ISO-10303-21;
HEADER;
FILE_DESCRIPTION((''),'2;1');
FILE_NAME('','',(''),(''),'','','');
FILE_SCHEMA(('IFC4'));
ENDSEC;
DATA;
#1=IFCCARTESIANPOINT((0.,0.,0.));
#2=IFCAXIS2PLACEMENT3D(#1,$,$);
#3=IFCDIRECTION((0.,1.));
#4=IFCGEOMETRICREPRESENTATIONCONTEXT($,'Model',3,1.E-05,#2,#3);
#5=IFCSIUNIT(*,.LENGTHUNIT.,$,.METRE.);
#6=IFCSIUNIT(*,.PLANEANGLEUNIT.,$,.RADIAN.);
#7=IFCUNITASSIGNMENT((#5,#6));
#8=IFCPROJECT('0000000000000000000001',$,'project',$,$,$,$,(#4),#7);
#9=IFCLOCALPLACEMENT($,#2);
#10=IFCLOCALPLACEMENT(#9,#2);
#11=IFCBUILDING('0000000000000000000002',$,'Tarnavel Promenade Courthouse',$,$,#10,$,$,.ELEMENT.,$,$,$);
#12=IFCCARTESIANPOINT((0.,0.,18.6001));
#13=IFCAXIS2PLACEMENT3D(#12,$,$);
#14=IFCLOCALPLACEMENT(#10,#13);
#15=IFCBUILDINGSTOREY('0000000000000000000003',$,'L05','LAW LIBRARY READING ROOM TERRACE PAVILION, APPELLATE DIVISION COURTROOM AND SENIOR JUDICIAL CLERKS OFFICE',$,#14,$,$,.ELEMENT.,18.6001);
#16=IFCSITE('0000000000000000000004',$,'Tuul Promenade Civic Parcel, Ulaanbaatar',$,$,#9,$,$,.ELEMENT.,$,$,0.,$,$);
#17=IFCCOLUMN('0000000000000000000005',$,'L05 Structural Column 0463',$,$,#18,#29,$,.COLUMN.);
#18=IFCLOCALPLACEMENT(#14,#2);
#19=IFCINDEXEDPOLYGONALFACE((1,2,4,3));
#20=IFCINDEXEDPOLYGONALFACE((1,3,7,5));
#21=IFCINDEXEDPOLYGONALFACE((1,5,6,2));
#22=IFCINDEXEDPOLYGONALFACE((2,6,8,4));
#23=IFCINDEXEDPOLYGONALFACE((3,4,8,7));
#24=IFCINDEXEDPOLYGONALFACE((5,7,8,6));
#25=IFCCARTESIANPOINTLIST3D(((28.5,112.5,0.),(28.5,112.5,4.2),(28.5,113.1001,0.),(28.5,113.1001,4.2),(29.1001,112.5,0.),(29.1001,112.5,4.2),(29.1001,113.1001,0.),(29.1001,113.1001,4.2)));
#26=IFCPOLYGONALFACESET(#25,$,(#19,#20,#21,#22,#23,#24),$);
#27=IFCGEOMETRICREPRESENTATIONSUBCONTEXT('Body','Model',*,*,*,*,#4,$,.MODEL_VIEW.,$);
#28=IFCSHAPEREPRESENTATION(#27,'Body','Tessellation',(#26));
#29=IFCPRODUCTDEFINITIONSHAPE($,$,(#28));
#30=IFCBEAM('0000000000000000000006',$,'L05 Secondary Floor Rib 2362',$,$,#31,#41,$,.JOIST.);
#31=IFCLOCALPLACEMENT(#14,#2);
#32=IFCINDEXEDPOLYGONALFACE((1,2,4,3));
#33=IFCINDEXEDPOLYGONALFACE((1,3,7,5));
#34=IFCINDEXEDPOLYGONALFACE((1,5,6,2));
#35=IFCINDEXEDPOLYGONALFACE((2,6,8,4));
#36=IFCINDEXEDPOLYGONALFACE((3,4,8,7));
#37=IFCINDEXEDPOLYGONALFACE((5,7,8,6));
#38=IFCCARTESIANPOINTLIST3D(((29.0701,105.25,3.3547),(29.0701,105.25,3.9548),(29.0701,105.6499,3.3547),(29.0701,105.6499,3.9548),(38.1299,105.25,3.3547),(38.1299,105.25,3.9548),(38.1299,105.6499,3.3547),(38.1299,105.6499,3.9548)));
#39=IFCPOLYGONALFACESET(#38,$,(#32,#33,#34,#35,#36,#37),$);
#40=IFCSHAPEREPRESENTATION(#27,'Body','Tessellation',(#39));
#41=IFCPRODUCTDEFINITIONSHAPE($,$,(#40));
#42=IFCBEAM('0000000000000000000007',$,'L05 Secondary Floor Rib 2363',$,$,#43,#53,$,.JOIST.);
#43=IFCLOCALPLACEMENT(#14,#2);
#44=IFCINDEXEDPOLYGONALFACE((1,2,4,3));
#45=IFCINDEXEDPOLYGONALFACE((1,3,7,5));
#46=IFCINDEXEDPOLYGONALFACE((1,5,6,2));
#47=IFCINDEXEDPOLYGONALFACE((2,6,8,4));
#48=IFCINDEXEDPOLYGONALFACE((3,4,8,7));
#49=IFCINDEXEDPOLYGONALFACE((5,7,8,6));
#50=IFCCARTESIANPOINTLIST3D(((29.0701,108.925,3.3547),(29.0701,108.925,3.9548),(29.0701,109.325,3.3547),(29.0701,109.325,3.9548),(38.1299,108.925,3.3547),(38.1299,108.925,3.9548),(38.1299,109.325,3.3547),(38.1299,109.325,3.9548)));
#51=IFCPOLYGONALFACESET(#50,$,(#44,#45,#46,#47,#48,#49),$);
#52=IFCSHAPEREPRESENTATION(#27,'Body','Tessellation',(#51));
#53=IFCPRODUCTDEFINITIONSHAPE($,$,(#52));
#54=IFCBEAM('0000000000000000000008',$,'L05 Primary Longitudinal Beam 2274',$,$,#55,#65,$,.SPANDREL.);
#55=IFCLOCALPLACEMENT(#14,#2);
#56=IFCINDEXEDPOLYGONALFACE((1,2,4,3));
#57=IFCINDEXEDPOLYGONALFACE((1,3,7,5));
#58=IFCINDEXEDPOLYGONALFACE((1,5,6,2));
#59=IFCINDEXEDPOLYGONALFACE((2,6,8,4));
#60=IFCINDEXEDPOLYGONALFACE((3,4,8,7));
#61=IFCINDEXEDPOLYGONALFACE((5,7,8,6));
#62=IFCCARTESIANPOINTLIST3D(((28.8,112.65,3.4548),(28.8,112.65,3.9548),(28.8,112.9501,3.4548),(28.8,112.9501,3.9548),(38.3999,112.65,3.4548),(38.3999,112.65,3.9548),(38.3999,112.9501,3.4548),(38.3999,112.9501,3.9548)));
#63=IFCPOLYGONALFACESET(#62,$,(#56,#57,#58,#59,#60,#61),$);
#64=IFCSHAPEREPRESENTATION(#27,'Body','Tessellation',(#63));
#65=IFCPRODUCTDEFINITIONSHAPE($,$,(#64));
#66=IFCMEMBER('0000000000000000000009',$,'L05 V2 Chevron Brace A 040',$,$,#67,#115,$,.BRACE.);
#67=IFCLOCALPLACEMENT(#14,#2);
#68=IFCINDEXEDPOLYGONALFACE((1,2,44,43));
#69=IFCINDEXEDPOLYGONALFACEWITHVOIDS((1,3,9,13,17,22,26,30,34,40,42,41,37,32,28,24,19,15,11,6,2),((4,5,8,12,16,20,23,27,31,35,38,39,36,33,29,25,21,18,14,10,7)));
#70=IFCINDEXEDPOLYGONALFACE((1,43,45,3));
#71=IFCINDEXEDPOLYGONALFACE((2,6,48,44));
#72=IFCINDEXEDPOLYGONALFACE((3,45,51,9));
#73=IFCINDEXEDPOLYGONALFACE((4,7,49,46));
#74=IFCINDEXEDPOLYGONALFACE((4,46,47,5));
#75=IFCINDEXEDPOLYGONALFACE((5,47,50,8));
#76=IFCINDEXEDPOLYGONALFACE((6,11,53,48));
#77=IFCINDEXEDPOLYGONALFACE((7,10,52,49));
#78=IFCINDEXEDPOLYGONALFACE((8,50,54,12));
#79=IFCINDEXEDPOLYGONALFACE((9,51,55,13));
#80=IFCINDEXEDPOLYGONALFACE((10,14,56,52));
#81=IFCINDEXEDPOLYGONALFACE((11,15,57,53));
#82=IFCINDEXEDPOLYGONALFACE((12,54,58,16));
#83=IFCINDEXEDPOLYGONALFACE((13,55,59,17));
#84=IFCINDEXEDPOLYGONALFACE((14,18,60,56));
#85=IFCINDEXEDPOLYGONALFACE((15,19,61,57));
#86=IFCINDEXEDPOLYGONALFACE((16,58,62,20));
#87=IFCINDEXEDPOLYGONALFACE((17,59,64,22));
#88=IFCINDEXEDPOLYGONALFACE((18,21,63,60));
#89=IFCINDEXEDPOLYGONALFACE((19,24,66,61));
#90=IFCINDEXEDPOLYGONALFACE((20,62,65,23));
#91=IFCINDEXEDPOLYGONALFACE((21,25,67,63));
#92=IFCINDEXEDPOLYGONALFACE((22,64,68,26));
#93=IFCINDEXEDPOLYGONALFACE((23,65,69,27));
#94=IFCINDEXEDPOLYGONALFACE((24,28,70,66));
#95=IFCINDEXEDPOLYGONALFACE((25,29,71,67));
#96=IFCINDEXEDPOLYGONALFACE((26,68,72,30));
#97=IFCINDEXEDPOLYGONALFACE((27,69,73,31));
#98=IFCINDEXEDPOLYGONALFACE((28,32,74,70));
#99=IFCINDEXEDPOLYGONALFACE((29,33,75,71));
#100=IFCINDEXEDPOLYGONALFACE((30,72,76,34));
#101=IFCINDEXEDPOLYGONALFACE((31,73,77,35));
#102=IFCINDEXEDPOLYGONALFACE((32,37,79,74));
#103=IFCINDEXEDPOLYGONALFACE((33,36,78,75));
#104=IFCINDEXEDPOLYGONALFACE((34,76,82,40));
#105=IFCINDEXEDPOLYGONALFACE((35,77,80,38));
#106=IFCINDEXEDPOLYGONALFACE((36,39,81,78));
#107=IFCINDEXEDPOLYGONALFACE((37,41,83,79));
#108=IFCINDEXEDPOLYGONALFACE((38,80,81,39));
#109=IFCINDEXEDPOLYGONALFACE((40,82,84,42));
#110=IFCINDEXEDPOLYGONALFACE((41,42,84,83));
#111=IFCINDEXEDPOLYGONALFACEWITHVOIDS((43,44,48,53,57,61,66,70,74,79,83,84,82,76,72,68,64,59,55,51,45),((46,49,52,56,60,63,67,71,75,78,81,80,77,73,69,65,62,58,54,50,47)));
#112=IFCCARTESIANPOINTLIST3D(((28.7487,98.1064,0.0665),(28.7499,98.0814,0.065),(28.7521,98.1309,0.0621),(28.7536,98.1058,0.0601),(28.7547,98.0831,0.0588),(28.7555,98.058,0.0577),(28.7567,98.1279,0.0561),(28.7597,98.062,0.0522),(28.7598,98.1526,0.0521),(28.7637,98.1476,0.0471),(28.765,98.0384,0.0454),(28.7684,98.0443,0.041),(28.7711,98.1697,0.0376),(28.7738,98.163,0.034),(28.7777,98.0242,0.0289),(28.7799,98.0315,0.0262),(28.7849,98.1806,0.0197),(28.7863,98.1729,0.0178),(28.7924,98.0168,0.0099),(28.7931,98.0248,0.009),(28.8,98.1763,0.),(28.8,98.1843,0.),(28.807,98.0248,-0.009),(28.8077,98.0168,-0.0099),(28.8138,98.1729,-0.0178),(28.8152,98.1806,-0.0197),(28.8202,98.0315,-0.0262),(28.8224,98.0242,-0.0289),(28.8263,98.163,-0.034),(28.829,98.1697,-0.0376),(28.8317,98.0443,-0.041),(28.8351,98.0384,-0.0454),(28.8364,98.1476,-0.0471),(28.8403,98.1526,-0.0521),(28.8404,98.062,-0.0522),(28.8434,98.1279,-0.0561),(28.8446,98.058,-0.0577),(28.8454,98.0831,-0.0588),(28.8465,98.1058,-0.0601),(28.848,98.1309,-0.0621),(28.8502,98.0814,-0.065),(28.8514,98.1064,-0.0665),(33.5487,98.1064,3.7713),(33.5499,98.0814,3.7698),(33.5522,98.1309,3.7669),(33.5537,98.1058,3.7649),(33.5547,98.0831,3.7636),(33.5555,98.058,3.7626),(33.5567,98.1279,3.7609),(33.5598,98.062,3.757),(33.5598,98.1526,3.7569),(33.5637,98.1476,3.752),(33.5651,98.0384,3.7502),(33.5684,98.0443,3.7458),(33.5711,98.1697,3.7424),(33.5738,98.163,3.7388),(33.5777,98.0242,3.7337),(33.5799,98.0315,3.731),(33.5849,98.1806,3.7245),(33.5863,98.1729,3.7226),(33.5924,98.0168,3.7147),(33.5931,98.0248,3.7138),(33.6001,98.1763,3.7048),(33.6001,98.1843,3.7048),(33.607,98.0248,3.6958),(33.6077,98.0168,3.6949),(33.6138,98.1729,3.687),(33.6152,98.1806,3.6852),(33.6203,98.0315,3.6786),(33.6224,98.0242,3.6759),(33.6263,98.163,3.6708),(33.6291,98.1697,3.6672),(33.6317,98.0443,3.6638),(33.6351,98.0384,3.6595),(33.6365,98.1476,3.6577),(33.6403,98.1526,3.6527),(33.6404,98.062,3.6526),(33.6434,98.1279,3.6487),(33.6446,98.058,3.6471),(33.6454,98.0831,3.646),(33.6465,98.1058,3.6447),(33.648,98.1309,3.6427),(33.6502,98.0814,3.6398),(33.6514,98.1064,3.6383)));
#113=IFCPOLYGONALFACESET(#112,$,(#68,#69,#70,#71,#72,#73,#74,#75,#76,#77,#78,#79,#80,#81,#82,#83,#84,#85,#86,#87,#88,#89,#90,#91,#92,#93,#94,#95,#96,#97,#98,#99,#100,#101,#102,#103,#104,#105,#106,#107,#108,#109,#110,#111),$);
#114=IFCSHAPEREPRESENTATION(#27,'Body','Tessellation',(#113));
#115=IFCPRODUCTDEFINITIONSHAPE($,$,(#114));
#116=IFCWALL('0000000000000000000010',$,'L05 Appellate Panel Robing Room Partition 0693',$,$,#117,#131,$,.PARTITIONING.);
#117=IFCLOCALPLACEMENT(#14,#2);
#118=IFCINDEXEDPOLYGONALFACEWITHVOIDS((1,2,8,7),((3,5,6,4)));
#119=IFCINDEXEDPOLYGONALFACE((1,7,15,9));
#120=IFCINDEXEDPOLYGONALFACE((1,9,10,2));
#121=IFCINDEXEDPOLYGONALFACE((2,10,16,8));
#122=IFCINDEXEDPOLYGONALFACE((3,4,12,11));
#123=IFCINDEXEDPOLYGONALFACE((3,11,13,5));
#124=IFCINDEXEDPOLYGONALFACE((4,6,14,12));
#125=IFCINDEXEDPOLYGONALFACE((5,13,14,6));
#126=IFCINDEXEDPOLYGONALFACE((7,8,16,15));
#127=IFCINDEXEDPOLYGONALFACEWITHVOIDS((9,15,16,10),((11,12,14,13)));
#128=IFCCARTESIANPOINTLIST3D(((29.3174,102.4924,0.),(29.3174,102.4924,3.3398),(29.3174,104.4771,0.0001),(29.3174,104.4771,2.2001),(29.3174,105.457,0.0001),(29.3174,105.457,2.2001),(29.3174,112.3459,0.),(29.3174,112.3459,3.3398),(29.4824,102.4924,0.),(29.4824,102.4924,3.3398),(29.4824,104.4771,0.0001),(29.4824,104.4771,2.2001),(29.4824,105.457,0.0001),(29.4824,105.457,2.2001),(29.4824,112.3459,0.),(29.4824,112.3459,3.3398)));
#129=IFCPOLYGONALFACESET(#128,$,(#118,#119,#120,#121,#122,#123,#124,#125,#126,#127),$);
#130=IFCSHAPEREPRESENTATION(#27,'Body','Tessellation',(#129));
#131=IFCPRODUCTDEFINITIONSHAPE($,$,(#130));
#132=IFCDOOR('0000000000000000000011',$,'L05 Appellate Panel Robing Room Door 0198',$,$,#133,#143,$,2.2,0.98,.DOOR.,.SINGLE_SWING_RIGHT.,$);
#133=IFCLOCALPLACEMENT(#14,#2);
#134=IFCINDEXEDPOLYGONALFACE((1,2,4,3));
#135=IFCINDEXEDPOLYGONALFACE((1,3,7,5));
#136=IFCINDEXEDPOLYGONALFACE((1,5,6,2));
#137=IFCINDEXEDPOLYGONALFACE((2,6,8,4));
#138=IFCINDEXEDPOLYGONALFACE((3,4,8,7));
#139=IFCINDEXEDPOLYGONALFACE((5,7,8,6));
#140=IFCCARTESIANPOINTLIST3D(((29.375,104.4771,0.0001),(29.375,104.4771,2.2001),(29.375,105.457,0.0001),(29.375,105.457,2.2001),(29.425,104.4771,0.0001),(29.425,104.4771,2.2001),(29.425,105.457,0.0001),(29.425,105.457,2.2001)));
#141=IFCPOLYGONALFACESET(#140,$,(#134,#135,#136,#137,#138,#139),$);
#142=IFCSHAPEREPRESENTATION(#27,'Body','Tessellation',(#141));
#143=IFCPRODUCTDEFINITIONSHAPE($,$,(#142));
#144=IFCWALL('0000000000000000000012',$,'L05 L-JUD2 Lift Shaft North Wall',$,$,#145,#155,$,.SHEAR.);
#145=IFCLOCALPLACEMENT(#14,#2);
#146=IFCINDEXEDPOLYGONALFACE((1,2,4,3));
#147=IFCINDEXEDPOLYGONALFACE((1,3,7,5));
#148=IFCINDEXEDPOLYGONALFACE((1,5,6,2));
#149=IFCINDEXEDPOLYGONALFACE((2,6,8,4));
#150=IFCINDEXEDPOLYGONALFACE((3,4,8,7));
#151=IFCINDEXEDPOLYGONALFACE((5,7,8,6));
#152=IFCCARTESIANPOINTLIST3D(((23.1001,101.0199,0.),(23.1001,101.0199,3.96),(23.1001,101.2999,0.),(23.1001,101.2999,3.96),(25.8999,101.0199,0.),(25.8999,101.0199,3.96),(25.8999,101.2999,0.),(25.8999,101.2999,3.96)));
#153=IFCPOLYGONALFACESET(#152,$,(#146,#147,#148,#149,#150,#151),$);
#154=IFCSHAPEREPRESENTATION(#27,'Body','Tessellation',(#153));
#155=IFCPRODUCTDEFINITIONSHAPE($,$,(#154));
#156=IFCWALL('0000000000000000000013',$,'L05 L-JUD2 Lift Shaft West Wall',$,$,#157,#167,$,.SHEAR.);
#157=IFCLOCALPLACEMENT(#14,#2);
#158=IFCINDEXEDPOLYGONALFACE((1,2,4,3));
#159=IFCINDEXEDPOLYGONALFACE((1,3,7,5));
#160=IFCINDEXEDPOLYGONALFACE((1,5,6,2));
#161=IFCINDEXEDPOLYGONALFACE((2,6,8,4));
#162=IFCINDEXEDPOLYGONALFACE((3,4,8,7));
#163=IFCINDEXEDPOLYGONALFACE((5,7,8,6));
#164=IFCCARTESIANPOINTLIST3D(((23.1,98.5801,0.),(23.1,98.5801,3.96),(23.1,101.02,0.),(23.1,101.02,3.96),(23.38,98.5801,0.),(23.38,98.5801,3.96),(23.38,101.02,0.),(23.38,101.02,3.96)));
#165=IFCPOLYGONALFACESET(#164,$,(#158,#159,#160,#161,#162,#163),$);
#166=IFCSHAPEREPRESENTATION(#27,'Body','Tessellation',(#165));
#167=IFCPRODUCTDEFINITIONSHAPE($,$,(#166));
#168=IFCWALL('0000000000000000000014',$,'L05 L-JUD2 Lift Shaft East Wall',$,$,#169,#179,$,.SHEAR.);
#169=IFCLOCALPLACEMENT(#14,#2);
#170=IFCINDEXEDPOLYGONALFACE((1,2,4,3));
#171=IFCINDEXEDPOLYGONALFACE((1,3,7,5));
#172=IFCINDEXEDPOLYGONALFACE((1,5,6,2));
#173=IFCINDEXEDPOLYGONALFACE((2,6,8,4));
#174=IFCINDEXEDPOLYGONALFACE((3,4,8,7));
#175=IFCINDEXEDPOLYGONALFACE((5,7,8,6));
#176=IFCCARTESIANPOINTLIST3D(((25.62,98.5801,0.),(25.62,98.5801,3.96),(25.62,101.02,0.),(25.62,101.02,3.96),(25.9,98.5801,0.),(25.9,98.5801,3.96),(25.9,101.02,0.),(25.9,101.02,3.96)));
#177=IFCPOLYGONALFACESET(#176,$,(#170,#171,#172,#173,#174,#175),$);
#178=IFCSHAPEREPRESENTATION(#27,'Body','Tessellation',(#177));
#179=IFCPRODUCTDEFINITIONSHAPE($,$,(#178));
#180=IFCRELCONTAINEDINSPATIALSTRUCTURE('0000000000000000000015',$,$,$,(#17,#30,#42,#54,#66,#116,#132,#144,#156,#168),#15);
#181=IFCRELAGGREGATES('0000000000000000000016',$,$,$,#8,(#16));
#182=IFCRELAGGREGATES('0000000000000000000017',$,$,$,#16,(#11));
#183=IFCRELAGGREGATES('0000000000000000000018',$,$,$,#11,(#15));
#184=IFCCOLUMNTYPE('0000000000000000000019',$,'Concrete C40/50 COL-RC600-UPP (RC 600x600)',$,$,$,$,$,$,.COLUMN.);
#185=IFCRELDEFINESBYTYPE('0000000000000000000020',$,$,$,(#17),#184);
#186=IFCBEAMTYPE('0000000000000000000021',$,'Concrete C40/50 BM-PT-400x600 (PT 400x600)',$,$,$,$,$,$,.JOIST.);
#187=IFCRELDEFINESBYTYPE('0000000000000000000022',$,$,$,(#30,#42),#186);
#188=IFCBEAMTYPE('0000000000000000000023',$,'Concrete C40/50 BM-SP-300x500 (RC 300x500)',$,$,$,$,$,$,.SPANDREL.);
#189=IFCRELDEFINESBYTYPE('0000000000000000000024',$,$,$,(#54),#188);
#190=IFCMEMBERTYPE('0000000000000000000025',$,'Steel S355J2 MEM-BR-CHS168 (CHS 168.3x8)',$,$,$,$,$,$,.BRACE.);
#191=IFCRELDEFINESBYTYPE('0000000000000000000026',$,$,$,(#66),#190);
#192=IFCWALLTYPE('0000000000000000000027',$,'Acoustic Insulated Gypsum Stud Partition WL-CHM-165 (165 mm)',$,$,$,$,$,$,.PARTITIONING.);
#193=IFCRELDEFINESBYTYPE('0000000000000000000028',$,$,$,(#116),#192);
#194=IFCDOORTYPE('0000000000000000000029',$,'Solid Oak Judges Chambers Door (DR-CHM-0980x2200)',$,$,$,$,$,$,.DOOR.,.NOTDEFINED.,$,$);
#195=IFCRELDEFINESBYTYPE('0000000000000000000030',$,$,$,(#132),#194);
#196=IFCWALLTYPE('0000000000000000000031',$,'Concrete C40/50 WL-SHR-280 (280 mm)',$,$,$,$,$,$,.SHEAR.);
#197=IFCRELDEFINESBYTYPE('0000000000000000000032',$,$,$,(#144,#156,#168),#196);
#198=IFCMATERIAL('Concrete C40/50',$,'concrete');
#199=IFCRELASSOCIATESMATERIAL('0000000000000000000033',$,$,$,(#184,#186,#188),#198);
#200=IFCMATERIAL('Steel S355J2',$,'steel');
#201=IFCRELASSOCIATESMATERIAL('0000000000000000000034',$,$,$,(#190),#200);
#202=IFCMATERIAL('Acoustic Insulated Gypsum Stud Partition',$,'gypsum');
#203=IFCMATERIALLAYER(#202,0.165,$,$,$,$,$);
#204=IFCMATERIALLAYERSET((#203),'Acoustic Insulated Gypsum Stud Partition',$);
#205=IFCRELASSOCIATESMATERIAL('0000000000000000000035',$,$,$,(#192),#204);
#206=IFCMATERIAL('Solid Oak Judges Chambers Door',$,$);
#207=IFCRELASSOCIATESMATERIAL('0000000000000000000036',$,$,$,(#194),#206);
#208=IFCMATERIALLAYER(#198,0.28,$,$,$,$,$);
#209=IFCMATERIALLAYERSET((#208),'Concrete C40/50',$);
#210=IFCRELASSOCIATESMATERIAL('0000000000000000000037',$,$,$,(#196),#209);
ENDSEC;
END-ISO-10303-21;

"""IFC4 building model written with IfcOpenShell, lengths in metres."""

from ifc_helpers import new_model, si_unit, direction, frame, frame_2d, origin, origin_2d, place, context, subcontext, project, spatial, rectangle, hollow_circle, extrude, material, layer, layer_set, material_profile, profile_set, type_object, element, fill, save


model = new_model("IFC4")

# Units and contexts
model_context = context("Model", 3, precision=1e-05, world=origin(), true_north=direction((0.0, 1.0)))
body_context = subcontext(model_context, "Body", "Model", "MODEL_VIEW")
ifc_project = project(units=[si_unit("LENGTHUNIT", "METRE"), si_unit("PLANEANGLEUNIT", "RADIAN")], contexts=[model_context])

# Site, building, storey
site_placement = place(None, origin())
site = spatial("IfcSite", under=ifc_project, at=site_placement, Name="Tuul Promenade Civic Parcel, Ulaanbaatar", CompositionType="ELEMENT", RefElevation=0.0)
building_placement = place(site_placement, origin())
building = spatial("IfcBuilding", under=site, at=building_placement, Name="Tarnavel Promenade Courthouse", CompositionType="ELEMENT")
storey_placement = place(building_placement, frame((0.0, 0.0, 18.6001)))
storey = spatial("IfcBuildingStorey", under=building, at=storey_placement, Name="L05", Description="LAW LIBRARY READING ROOM TERRACE PAVILION, APPELLATE DIVISION COURTROOM AND SENIOR JUDICIAL CLERKS OFFICE", CompositionType="ELEMENT", Elevation=18.6001)

# Column
ifc_material_1 = material(Name="Concrete C40/50", Category="concrete")
ifc_material_profile_1 = material_profile(ifc_material_1, rectangle(XDim=0.6001, YDim=0.6001, at=origin_2d()), Name="RC 600x600")
ifc_profile_set_1 = profile_set([ifc_material_profile_1], Name="Concrete C40/50")
column_type = type_object("IfcColumnType", Name="Concrete C40/50 COL-RC600-UPP (RC 600x600)", PredefinedType="COLUMN", material=ifc_profile_set_1)
column_placement = place(storey_placement, frame((28.8, 112.8, 0.0), z_axis=(0.0, 0.0, 1.0), x_axis=(1.0, 0.0, 0.0)))
element("IfcColumn", 1, at=column_placement, inside=storey, type_object=column_type, Name="L05 Structural Column 0463", PredefinedType="COLUMN", context=body_context, shape_type="SweptSolid", body=[
    extrude(rectangle(XDim=0.6001, YDim=0.6001, at=origin_2d()), origin(), (0.0, 0.0, 1.0), 4.2),
])

# Beams
ifc_material_profile_2 = material_profile(ifc_material_1, rectangle(XDim=0.3999, YDim=0.6001, at=origin_2d()), Name="PT 400x600")
ifc_profile_set_2 = profile_set([ifc_material_profile_2], Name="Concrete C40/50")
beam_type_1 = type_object("IfcBeamType", Name="Concrete C40/50 BM-PT-400x600 (PT 400x600)", PredefinedType="JOIST", material=ifc_profile_set_2)
for number, where, z_axis, x_axis, name in (
    (2, (29.0701, 105.45, 3.6548), (1.0, 0.0, 0.0), (0.0, 1.0, 0.0), "L05 Secondary Floor Rib 2362"),
    (3, (29.0701, 109.125, 3.6548), (1.0, 0.0, 0.0), (0.0, 1.0, 0.0), "L05 Secondary Floor Rib 2363"),
):
    element("IfcBeam", number, at=place(storey_placement, frame(where, z_axis=z_axis, x_axis=x_axis)), inside=storey, type_object=beam_type_1, Name=name, PredefinedType="JOIST", context=body_context, shape_type="SweptSolid", body=[
        extrude(rectangle(XDim=0.3999, YDim=0.6001, at=origin_2d()), origin(), (0.0, 0.0, 1.0), 9.0598),
    ])
ifc_material_profile_3 = material_profile(ifc_material_1, rectangle(XDim=0.3, YDim=0.5, at=origin_2d()), Name="RC 300x500")
ifc_profile_set_3 = profile_set([ifc_material_profile_3], Name="Concrete C40/50")
beam_type_2 = type_object("IfcBeamType", Name="Concrete C40/50 BM-SP-300x500 (RC 300x500)", PredefinedType="SPANDREL", material=ifc_profile_set_3)
beam_placement = place(storey_placement, frame((28.8, 112.8, 3.7048), z_axis=(1.0, 0.0, 0.0), x_axis=(0.0, 1.0, 0.0)))
element("IfcBeam", 4, at=beam_placement, inside=storey, type_object=beam_type_2, Name="L05 Primary Longitudinal Beam 2274", PredefinedType="SPANDREL", context=body_context, shape_type="SweptSolid", body=[
    extrude(rectangle(XDim=0.3, YDim=0.5, at=origin_2d()), origin(), (0.0, 0.0, 1.0), 9.5999),
])

# Member
ifc_material_2 = material(Name="Steel S355J2", Category="steel")
ifc_material_profile_4 = material_profile(ifc_material_2, hollow_circle(Radius=0.0842, WallThickness=0.0081, at=origin_2d()), Name="CHS 168.3x8")
ifc_profile_set_4 = profile_set([ifc_material_profile_4], Name="Steel S355J2")
member_type = type_object("IfcMemberType", Name="Steel S355J2 MEM-BR-CHS168 (CHS 168.3x8)", PredefinedType="BRACE", material=ifc_profile_set_4)
member_placement = place(storey_placement, frame((28.8, 98.1001, 0.0), z_axis=(0.791628, 0.0, 0.611004), x_axis=(0.0, 1.0, 0.0)))
element("IfcMember", 5, at=member_placement, inside=storey, type_object=member_type, Name="L05 V2 Chevron Brace A 040", PredefinedType="BRACE", context=body_context, shape_type="SweptSolid", body=[
    extrude(hollow_circle(Radius=0.0842, WallThickness=0.0081, at=origin_2d()), origin(), (0.0, 0.0, 1.0), 6.0635),
])

# Wall, opening, door
ifc_material_3 = material(Name="Acoustic Insulated Gypsum Stud Partition", Category="gypsum")
ifc_layer_1 = layer(ifc_material_3, 0.165)
ifc_layer_set_1 = layer_set([ifc_layer_1], Name="Acoustic Insulated Gypsum Stud Partition")
wall_type_1 = type_object("IfcWallType", Name="Acoustic Insulated Gypsum Stud Partition WL-CHM-165 (165 mm)", PredefinedType="PARTITIONING", material=ifc_layer_set_1)
wall_1_placement = place(storey_placement, frame((29.3999, 102.4924, 0.0), z_axis=(0.0, 0.0, 1.0), x_axis=(0.0, 1.0, 0.0)))
wall_1 = element("IfcWall", 6, at=wall_1_placement, inside=storey, type_object=wall_type_1, Name="L05 Appellate Panel Robing Room Partition 0693", PredefinedType="PARTITIONING", context=body_context, shape_type="SweptSolid", body=[
    extrude(rectangle(XDim=9.8535, YDim=0.165, at=frame_2d((4.9268, 0.0))), origin(), (0.0, 0.0, 1.0), 3.3398),
])
opening_1_placement = place(wall_1_placement, frame((1.9846, 0.0, 0.0)))
opening_1 = element("IfcOpeningElement", 7, at=opening_1_placement, cuts=wall_1, PredefinedType="OPENING", context=body_context, shape_type="SweptSolid", body=[
    extrude(rectangle(XDim=0.98, YDim=2.2, at=frame_2d((0.49, 1.1001))), frame((0.0, 0.0925, 0.0), z_axis=(0.0, -1.0, 0.0), x_axis=(1.0, 0.0, 0.0)), (0.0, 0.0, 1.0), 0.1851),
])
ifc_material_4 = material(Name="Solid Oak Judges Chambers Door")
door_type_1 = type_object("IfcDoorType", Name="Solid Oak Judges Chambers Door (DR-CHM-0980x2200)", OperationType="NOTDEFINED", PredefinedType="DOOR", material=ifc_material_4)
door_1_placement = place(opening_1_placement, origin())
door_1 = element("IfcDoor", 8, at=door_1_placement, inside=storey, type_object=door_type_1, Name="L05 Appellate Panel Robing Room Door 0198", OperationType="SINGLE_SWING_RIGHT", OverallHeight=2.2, OverallWidth=0.98, PredefinedType="DOOR", context=body_context, shape_type="SweptSolid", body=[
    extrude(rectangle(XDim=0.98, YDim=2.2, at=frame_2d((0.49, 1.1001))), frame((0.0, 0.0249, 0.0), z_axis=(0.0, -1.0, 0.0), x_axis=(1.0, 0.0, 0.0)), (0.0, 0.0, 1.0), 0.05),
])
fill(opening_1, door_1)

# Wall
ifc_layer_2 = layer(ifc_material_1, 0.28)
ifc_layer_set_2 = layer_set([ifc_layer_2], Name="Concrete C40/50")
wall_type_2 = type_object("IfcWallType", Name="Concrete C40/50 WL-SHR-280 (280 mm)", PredefinedType="SHEAR", material=ifc_layer_set_2)
wall_2_placement = place(storey_placement, frame((23.1001, 101.1599, 0.0), z_axis=(0.0, 0.0, 1.0), x_axis=(1.0, 0.0, 0.0)))
element("IfcWall", 9, at=wall_2_placement, inside=storey, type_object=wall_type_2, Name="L05 L-JUD2 Lift Shaft North Wall", PredefinedType="SHEAR", context=body_context, shape_type="SweptSolid", body=[
    extrude(rectangle(XDim=2.7998, YDim=0.28, at=frame_2d((1.3999, 0.0))), origin(), (0.0, 0.0, 1.0), 3.96),
])

# Walls
for number, where, z_axis, x_axis, name in (
    (10, (23.24, 98.5801, 0.0), (0.0, 0.0, 1.0), (0.0, 1.0, 0.0), "L05 L-JUD2 Lift Shaft West Wall"),
    (11, (25.76, 101.02, 0.0), (0.0, 0.0, 1.0), (0.0, -1.0, 0.0), "L05 L-JUD2 Lift Shaft East Wall"),
):
    element("IfcWall", number, at=place(storey_placement, frame(where, z_axis=z_axis, x_axis=x_axis)), inside=storey, type_object=wall_type_2, Name=name, PredefinedType="SHEAR", context=body_context, shape_type="SweptSolid", body=[
        extrude(rectangle(XDim=2.4399, YDim=0.28, at=frame_2d((1.22, 0.0))), origin(), (0.0, 0.0, 1.0), 3.96),
    ])

save(model, "model.ifc")
